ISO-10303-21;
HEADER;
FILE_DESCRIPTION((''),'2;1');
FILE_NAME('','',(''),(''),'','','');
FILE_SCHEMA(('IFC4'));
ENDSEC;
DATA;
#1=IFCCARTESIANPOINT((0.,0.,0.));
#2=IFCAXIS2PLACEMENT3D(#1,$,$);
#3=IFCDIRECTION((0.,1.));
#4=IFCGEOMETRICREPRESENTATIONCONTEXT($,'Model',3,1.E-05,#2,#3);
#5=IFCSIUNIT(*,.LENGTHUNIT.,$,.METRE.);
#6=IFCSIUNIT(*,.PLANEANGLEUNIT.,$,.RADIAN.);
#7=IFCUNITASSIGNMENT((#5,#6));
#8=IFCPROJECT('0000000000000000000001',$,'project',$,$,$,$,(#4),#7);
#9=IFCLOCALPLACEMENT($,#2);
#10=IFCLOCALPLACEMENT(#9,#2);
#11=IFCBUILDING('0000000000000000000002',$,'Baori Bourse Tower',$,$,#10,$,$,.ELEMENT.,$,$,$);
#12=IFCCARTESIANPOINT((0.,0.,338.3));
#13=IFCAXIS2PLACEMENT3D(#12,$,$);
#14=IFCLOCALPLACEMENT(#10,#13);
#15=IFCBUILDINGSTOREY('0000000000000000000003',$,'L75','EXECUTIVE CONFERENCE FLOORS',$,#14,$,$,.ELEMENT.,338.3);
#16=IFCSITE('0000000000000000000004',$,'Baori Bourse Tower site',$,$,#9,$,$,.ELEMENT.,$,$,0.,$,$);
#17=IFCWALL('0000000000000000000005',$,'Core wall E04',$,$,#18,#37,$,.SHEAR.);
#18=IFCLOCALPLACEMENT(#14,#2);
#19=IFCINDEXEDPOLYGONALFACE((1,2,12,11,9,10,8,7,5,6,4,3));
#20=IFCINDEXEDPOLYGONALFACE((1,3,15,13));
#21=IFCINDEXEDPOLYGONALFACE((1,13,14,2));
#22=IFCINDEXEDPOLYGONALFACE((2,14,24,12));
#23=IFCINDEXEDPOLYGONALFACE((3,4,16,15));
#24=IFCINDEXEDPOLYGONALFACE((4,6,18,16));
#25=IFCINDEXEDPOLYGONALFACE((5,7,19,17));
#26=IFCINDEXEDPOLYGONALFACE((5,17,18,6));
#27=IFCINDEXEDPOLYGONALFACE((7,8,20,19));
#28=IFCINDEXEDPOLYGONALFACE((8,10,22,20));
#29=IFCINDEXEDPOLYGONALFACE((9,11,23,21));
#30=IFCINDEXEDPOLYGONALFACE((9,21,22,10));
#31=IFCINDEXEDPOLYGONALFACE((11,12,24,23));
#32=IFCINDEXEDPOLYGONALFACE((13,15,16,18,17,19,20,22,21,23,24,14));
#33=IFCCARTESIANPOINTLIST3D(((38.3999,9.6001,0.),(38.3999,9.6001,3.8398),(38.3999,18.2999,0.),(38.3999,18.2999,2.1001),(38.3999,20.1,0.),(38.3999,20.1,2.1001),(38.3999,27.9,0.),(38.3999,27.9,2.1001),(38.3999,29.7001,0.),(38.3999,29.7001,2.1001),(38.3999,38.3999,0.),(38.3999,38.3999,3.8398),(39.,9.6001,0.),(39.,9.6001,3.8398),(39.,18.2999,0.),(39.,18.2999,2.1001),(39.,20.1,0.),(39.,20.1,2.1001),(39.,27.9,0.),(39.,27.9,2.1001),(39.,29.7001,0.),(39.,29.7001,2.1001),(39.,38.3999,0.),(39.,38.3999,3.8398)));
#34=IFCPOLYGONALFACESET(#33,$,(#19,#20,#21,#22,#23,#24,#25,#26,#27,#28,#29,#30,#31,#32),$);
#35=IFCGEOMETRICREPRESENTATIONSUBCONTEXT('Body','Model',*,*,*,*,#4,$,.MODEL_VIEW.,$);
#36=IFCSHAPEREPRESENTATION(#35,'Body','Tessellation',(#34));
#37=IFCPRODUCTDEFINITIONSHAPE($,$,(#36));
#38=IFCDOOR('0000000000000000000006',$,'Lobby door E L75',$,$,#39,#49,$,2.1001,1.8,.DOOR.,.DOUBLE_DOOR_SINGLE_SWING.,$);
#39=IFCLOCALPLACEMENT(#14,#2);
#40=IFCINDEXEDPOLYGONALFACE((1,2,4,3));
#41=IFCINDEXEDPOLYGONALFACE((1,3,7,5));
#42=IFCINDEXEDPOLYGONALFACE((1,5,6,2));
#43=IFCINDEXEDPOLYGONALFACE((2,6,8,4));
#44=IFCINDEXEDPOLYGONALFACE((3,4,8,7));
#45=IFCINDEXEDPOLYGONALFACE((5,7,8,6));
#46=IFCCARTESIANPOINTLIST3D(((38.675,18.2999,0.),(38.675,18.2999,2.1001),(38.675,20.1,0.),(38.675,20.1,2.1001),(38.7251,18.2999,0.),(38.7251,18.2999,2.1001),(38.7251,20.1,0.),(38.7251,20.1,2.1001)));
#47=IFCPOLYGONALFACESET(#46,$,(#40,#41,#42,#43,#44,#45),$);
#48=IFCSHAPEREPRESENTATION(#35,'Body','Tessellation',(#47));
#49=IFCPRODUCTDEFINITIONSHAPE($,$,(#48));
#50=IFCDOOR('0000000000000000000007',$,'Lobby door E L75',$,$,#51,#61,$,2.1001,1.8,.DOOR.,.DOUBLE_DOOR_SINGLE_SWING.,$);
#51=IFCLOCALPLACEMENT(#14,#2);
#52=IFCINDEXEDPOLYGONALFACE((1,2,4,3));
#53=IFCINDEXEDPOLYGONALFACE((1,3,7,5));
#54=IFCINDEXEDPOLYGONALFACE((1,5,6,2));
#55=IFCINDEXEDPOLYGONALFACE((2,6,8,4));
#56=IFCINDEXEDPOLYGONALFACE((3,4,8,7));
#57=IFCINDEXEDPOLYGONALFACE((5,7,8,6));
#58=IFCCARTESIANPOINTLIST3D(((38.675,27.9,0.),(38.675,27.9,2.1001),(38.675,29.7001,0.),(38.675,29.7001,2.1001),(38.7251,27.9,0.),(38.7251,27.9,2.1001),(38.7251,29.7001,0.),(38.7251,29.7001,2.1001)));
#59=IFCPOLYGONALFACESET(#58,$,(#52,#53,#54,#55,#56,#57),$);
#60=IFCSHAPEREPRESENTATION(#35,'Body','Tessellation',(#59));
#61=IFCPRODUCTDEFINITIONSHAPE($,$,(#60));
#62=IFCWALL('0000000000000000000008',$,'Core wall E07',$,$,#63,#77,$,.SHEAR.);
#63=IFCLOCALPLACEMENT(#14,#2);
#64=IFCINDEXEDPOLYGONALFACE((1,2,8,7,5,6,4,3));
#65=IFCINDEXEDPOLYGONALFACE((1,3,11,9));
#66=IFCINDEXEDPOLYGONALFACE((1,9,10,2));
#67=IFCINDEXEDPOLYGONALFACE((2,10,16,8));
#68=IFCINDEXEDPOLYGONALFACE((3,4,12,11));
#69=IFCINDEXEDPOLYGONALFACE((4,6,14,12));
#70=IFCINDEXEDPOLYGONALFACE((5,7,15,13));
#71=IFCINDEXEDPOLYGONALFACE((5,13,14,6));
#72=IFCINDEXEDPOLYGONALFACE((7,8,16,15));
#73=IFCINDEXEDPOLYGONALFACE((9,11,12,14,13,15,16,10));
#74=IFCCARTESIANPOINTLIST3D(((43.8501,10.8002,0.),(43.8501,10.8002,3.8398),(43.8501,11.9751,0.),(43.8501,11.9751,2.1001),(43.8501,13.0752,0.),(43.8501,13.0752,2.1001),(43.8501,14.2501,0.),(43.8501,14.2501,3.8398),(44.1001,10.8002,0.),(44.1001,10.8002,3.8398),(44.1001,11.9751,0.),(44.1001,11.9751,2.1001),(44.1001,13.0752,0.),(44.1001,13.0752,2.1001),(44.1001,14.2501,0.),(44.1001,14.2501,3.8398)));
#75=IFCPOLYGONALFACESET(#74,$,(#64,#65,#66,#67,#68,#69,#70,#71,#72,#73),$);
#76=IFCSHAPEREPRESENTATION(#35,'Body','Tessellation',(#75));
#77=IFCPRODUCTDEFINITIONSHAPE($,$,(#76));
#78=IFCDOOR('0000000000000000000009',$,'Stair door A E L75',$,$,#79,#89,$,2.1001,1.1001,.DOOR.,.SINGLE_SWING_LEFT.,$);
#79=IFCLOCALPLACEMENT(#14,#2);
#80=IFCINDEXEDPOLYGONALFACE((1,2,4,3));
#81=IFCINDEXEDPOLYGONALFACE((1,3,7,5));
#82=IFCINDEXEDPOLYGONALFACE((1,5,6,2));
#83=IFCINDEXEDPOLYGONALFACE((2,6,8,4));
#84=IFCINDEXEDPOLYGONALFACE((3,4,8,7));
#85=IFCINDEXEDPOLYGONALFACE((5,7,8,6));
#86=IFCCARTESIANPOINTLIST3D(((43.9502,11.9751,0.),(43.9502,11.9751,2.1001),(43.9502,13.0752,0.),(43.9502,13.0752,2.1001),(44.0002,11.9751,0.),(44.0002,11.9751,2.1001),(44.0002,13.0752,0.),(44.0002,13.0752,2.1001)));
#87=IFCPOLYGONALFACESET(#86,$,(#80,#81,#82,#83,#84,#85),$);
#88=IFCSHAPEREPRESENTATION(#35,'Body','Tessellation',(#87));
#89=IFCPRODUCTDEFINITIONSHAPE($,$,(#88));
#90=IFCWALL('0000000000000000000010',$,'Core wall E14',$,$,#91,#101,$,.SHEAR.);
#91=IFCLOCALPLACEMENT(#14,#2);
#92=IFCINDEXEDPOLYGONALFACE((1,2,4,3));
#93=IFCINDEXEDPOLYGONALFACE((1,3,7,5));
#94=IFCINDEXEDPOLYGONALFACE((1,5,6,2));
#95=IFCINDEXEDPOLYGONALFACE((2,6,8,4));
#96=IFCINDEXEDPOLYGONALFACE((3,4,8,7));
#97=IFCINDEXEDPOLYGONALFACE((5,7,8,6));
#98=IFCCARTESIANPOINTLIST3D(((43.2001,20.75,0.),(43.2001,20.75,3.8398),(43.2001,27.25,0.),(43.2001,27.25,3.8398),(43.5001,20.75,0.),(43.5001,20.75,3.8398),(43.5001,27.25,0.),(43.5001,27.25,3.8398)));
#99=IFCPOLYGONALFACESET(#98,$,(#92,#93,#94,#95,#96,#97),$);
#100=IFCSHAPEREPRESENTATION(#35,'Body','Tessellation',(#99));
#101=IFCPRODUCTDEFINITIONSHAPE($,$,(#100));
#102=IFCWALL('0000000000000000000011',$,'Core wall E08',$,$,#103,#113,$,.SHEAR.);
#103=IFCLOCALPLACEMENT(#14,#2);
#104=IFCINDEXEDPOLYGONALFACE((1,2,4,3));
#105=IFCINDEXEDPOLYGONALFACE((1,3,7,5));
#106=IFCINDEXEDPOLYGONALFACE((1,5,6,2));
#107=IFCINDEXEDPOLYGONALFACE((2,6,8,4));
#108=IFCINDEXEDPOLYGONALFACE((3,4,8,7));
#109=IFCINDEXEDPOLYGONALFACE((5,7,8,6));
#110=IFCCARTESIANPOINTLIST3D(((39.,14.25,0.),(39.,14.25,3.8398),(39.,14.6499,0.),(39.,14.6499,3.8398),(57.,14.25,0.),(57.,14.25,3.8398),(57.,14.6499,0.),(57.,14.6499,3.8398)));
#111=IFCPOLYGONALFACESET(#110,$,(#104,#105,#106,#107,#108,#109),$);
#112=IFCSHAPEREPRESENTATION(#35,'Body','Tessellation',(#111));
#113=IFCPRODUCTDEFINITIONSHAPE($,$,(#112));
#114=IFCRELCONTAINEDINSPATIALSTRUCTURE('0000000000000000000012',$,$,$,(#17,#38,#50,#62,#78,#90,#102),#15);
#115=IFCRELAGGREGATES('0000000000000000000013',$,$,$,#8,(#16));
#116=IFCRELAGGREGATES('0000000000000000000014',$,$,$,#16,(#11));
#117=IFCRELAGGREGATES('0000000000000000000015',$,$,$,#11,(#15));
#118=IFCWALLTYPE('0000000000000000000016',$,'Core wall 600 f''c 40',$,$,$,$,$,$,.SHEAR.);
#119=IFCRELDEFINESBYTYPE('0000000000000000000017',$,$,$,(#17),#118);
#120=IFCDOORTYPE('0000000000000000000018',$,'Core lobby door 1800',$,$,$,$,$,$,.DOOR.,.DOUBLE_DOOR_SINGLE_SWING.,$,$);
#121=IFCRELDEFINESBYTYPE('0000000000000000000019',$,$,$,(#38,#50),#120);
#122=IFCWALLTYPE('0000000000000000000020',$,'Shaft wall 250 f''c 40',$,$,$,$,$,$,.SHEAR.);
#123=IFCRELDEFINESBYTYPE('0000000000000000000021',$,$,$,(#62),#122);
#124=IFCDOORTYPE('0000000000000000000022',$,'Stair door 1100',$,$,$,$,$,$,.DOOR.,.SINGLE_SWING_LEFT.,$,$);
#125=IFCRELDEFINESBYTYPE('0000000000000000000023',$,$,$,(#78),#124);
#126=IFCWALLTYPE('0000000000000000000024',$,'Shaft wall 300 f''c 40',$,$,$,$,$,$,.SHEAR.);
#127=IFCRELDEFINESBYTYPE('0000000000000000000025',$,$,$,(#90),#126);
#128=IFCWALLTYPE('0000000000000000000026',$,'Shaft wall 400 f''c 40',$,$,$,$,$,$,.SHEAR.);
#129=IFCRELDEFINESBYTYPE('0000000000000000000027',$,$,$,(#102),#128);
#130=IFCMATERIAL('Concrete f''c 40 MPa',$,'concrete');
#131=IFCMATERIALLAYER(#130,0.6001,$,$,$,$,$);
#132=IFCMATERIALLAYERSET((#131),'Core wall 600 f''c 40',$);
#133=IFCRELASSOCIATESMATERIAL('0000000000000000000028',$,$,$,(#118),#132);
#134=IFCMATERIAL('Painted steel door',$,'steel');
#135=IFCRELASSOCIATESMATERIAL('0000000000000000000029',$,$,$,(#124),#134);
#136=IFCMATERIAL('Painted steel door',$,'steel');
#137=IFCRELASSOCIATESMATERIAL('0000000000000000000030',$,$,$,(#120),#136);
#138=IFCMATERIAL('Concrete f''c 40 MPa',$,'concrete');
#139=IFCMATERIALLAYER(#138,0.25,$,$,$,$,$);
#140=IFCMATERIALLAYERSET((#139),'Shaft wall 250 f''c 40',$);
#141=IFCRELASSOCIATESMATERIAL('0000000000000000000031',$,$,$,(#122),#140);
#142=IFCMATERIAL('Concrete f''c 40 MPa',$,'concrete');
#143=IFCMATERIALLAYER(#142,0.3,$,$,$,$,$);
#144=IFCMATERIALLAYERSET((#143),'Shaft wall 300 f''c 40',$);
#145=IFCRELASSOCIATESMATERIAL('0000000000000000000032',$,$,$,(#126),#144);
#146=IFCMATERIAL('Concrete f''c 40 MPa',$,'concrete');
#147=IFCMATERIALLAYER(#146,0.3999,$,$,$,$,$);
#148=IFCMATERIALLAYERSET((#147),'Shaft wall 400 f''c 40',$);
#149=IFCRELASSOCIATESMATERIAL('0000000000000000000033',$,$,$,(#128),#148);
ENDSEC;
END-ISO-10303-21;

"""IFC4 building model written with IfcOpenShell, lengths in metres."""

from ifc_helpers import new_model, si_unit, direction, frame, frame_2d, origin, place, context, subcontext, project, spatial, rectangle, extrude, material, layer, layer_set, type_object, element, fill, save


model = new_model("IFC4")

# Units and contexts
model_context = context("Model", 3, precision=1e-05, world=origin(), true_north=direction((0.0, 1.0)))
body_context = subcontext(model_context, "Body", "Model", "MODEL_VIEW")
ifc_project = project(units=[si_unit("LENGTHUNIT", "METRE"), si_unit("PLANEANGLEUNIT", "RADIAN")], contexts=[model_context])

# Site, building, storey
site_placement = place(None, origin())
site = spatial("IfcSite", under=ifc_project, at=site_placement, Name="Baori Bourse Tower site", CompositionType="ELEMENT", RefElevation=0.0)
building_placement = place(site_placement, origin())
building = spatial("IfcBuilding", under=site, at=building_placement, Name="Baori Bourse Tower", CompositionType="ELEMENT")
storey_placement = place(building_placement, frame((0.0, 0.0, 338.3)))
storey = spatial("IfcBuildingStorey", under=building, at=storey_placement, Name="L75", Description="EXECUTIVE CONFERENCE FLOORS", CompositionType="ELEMENT", Elevation=338.3)

# Shared definitions
ifc_material_1 = material(Name="Concrete f'c 40 MPa", Category="concrete")
ifc_layer_1 = layer(ifc_material_1, 0.6001)
ifc_layer_set_1 = layer_set([ifc_layer_1], Name="Core wall 600 f'c 40")
wall_type_1 = type_object("IfcWallType", Name="Core wall 600 f'c 40", PredefinedType="SHEAR", material=ifc_layer_set_1)

# Shared definitions
ifc_material_2 = material(Name="Painted steel door", Category="steel")
door_type_1 = type_object("IfcDoorType", Name="Stair door 1100", OperationType="SINGLE_SWING_LEFT", PredefinedType="DOOR", material=ifc_material_2)

# Wall, openings, doors
wall_1_placement = place(storey_placement, frame((38.7, 9.6001, 0.0), z_axis=(0.0, 0.0, 1.0), x_axis=(0.0, 1.0, 0.0)))
wall_1 = element("IfcWall", 1, at=wall_1_placement, inside=storey, type_object=wall_type_1, Name="Core wall E04", PredefinedType="SHEAR", context=body_context, shape_type="SweptSolid", body=[
    extrude(rectangle(XDim=28.7998, YDim=0.6001, at=frame_2d((14.3999, 0.0))), origin(), (0.0, 0.0, 1.0), 3.8398),
])
opening_1_placement = place(wall_1_placement, frame((8.7, 0.0, 0.0)))
opening_1 = element("IfcOpeningElement", 2, at=opening_1_placement, cuts=wall_1, PredefinedType="OPENING", context=body_context, shape_type="SweptSolid", body=[
    extrude(rectangle(XDim=1.8, YDim=2.1001, at=frame_2d((0.8999, 1.05))), frame((0.0, 0.3101, 0.0), z_axis=(0.0, -1.0, 0.0), x_axis=(1.0, 0.0, 0.0)), (0.0, 0.0, 1.0), 0.6201),
])
opening_2_placement = place(wall_1_placement, frame((18.3, 0.0, 0.0)))
opening_2 = element("IfcOpeningElement", 3, at=opening_2_placement, cuts=wall_1, PredefinedType="OPENING", context=body_context, shape_type="SweptSolid", body=[
    extrude(rectangle(XDim=1.8, YDim=2.1001, at=frame_2d((0.8999, 1.05))), frame((0.0, 0.3101, 0.0), z_axis=(0.0, -1.0, 0.0), x_axis=(1.0, 0.0, 0.0)), (0.0, 0.0, 1.0), 0.6201),
])
ifc_material_3 = material(Name="Painted steel door", Category="steel")
door_type_2 = type_object("IfcDoorType", Name="Core lobby door 1800", OperationType="DOUBLE_DOOR_SINGLE_SWING", PredefinedType="DOOR", material=ifc_material_3)
door_1_placement = place(opening_1_placement, origin())
door_1 = element("IfcDoor", 4, at=door_1_placement, inside=storey, type_object=door_type_2, Name="Lobby door E L75", OperationType="DOUBLE_DOOR_SINGLE_SWING", OverallHeight=2.1001, OverallWidth=1.8, PredefinedType="DOOR", context=body_context, shape_type="SweptSolid", body=[
    extrude(rectangle(XDim=1.8, YDim=2.1001, at=frame_2d((0.8999, 1.05))), frame((0.0, 0.0249, 0.0), z_axis=(0.0, -1.0, 0.0), x_axis=(1.0, 0.0, 0.0)), (0.0, 0.0, 1.0), 0.05),
])
fill(opening_1, door_1)
door_2_placement = place(opening_2_placement, origin())
door_2 = element("IfcDoor", 5, at=door_2_placement, inside=storey, type_object=door_type_2, Name="Lobby door E L75", OperationType="DOUBLE_DOOR_SINGLE_SWING", OverallHeight=2.1001, OverallWidth=1.8, PredefinedType="DOOR", context=body_context, shape_type="SweptSolid", body=[
    extrude(rectangle(XDim=1.8, YDim=2.1001, at=frame_2d((0.8999, 1.05))), frame((0.0, 0.0249, 0.0), z_axis=(0.0, -1.0, 0.0), x_axis=(1.0, 0.0, 0.0)), (0.0, 0.0, 1.0), 0.05),
])
fill(opening_2, door_2)

# Wall, opening, door
ifc_material_4 = material(Name="Concrete f'c 40 MPa", Category="concrete")
ifc_layer_2 = layer(ifc_material_4, 0.25)
ifc_layer_set_2 = layer_set([ifc_layer_2], Name="Shaft wall 250 f'c 40")
wall_type_2 = type_object("IfcWallType", Name="Shaft wall 250 f'c 40", PredefinedType="SHEAR", material=ifc_layer_set_2)
wall_2_placement = place(storey_placement, frame((43.9751, 10.8, 0.0), z_axis=(0.0, 0.0, 1.0), x_axis=(0.0, 1.0, 0.0)))
wall_2 = element("IfcWall", 6, at=wall_2_placement, inside=storey, type_object=wall_type_2, Name="Core wall E07", PredefinedType="SHEAR", context=body_context, shape_type="SweptSolid", body=[
    extrude(rectangle(XDim=3.45, YDim=0.25, at=frame_2d((1.7251, 0.0))), origin(), (0.0, 0.0, 1.0), 3.8398),
])
opening_3_placement = place(wall_2_placement, frame((1.175, 0.0, 0.0)))
opening_3 = element("IfcOpeningElement", 7, at=opening_3_placement, cuts=wall_2, PredefinedType="OPENING", context=body_context, shape_type="SweptSolid", body=[
    extrude(rectangle(XDim=1.1001, YDim=2.1001, at=frame_2d((0.55, 1.05))), frame((0.0, 0.135, 0.0), z_axis=(0.0, -1.0, 0.0), x_axis=(1.0, 0.0, 0.0)), (0.0, 0.0, 1.0), 0.27),
])
door_3_placement = place(opening_3_placement, origin())
door_3 = element("IfcDoor", 8, at=door_3_placement, inside=storey, type_object=door_type_1, Name="Stair door A E L75", OperationType="SINGLE_SWING_LEFT", OverallHeight=2.1001, OverallWidth=1.1001, PredefinedType="DOOR", context=body_context, shape_type="SweptSolid", body=[
    extrude(rectangle(XDim=1.1001, YDim=2.1001, at=frame_2d((0.55, 1.05))), frame((0.0, 0.0249, 0.0), z_axis=(0.0, -1.0, 0.0), x_axis=(1.0, 0.0, 0.0)), (0.0, 0.0, 1.0), 0.05),
])
fill(opening_3, door_3)

# Walls
ifc_material_5 = material(Name="Concrete f'c 40 MPa", Category="concrete")
ifc_layer_3 = layer(ifc_material_5, 0.3)
ifc_layer_set_3 = layer_set([ifc_layer_3], Name="Shaft wall 300 f'c 40")
wall_type_3 = type_object("IfcWallType", Name="Shaft wall 300 f'c 40", PredefinedType="SHEAR", material=ifc_layer_set_3)
wall_3_placement = place(storey_placement, frame((43.3501, 20.75, 0.0), z_axis=(0.0, 0.0, 1.0), x_axis=(0.0, 1.0, 0.0)))
element("IfcWall", 9, at=wall_3_placement, inside=storey, type_object=wall_type_3, Name="Core wall E14", PredefinedType="SHEAR", context=body_context, shape_type="SweptSolid", body=[
    extrude(rectangle(XDim=6.5, YDim=0.3, at=frame_2d((3.25, 0.0))), origin(), (0.0, 0.0, 1.0), 3.8398),
])
ifc_material_6 = material(Name="Concrete f'c 40 MPa", Category="concrete")
ifc_layer_4 = layer(ifc_material_6, 0.3999)
ifc_layer_set_4 = layer_set([ifc_layer_4], Name="Shaft wall 400 f'c 40")
wall_type_4 = type_object("IfcWallType", Name="Shaft wall 400 f'c 40", PredefinedType="SHEAR", material=ifc_layer_set_4)
wall_4_placement = place(storey_placement, frame((39.0, 14.45, 0.0), z_axis=(0.0, 0.0, 1.0), x_axis=(1.0, 0.0, 0.0)))
element("IfcWall", 10, at=wall_4_placement, inside=storey, type_object=wall_type_4, Name="Core wall E08", PredefinedType="SHEAR", context=body_context, shape_type="SweptSolid", body=[
    extrude(rectangle(XDim=18.0, YDim=0.3999, at=frame_2d((9.0, 0.0))), origin(), (0.0, 0.0, 1.0), 3.8398),
])

save(model, "model.ifc")
